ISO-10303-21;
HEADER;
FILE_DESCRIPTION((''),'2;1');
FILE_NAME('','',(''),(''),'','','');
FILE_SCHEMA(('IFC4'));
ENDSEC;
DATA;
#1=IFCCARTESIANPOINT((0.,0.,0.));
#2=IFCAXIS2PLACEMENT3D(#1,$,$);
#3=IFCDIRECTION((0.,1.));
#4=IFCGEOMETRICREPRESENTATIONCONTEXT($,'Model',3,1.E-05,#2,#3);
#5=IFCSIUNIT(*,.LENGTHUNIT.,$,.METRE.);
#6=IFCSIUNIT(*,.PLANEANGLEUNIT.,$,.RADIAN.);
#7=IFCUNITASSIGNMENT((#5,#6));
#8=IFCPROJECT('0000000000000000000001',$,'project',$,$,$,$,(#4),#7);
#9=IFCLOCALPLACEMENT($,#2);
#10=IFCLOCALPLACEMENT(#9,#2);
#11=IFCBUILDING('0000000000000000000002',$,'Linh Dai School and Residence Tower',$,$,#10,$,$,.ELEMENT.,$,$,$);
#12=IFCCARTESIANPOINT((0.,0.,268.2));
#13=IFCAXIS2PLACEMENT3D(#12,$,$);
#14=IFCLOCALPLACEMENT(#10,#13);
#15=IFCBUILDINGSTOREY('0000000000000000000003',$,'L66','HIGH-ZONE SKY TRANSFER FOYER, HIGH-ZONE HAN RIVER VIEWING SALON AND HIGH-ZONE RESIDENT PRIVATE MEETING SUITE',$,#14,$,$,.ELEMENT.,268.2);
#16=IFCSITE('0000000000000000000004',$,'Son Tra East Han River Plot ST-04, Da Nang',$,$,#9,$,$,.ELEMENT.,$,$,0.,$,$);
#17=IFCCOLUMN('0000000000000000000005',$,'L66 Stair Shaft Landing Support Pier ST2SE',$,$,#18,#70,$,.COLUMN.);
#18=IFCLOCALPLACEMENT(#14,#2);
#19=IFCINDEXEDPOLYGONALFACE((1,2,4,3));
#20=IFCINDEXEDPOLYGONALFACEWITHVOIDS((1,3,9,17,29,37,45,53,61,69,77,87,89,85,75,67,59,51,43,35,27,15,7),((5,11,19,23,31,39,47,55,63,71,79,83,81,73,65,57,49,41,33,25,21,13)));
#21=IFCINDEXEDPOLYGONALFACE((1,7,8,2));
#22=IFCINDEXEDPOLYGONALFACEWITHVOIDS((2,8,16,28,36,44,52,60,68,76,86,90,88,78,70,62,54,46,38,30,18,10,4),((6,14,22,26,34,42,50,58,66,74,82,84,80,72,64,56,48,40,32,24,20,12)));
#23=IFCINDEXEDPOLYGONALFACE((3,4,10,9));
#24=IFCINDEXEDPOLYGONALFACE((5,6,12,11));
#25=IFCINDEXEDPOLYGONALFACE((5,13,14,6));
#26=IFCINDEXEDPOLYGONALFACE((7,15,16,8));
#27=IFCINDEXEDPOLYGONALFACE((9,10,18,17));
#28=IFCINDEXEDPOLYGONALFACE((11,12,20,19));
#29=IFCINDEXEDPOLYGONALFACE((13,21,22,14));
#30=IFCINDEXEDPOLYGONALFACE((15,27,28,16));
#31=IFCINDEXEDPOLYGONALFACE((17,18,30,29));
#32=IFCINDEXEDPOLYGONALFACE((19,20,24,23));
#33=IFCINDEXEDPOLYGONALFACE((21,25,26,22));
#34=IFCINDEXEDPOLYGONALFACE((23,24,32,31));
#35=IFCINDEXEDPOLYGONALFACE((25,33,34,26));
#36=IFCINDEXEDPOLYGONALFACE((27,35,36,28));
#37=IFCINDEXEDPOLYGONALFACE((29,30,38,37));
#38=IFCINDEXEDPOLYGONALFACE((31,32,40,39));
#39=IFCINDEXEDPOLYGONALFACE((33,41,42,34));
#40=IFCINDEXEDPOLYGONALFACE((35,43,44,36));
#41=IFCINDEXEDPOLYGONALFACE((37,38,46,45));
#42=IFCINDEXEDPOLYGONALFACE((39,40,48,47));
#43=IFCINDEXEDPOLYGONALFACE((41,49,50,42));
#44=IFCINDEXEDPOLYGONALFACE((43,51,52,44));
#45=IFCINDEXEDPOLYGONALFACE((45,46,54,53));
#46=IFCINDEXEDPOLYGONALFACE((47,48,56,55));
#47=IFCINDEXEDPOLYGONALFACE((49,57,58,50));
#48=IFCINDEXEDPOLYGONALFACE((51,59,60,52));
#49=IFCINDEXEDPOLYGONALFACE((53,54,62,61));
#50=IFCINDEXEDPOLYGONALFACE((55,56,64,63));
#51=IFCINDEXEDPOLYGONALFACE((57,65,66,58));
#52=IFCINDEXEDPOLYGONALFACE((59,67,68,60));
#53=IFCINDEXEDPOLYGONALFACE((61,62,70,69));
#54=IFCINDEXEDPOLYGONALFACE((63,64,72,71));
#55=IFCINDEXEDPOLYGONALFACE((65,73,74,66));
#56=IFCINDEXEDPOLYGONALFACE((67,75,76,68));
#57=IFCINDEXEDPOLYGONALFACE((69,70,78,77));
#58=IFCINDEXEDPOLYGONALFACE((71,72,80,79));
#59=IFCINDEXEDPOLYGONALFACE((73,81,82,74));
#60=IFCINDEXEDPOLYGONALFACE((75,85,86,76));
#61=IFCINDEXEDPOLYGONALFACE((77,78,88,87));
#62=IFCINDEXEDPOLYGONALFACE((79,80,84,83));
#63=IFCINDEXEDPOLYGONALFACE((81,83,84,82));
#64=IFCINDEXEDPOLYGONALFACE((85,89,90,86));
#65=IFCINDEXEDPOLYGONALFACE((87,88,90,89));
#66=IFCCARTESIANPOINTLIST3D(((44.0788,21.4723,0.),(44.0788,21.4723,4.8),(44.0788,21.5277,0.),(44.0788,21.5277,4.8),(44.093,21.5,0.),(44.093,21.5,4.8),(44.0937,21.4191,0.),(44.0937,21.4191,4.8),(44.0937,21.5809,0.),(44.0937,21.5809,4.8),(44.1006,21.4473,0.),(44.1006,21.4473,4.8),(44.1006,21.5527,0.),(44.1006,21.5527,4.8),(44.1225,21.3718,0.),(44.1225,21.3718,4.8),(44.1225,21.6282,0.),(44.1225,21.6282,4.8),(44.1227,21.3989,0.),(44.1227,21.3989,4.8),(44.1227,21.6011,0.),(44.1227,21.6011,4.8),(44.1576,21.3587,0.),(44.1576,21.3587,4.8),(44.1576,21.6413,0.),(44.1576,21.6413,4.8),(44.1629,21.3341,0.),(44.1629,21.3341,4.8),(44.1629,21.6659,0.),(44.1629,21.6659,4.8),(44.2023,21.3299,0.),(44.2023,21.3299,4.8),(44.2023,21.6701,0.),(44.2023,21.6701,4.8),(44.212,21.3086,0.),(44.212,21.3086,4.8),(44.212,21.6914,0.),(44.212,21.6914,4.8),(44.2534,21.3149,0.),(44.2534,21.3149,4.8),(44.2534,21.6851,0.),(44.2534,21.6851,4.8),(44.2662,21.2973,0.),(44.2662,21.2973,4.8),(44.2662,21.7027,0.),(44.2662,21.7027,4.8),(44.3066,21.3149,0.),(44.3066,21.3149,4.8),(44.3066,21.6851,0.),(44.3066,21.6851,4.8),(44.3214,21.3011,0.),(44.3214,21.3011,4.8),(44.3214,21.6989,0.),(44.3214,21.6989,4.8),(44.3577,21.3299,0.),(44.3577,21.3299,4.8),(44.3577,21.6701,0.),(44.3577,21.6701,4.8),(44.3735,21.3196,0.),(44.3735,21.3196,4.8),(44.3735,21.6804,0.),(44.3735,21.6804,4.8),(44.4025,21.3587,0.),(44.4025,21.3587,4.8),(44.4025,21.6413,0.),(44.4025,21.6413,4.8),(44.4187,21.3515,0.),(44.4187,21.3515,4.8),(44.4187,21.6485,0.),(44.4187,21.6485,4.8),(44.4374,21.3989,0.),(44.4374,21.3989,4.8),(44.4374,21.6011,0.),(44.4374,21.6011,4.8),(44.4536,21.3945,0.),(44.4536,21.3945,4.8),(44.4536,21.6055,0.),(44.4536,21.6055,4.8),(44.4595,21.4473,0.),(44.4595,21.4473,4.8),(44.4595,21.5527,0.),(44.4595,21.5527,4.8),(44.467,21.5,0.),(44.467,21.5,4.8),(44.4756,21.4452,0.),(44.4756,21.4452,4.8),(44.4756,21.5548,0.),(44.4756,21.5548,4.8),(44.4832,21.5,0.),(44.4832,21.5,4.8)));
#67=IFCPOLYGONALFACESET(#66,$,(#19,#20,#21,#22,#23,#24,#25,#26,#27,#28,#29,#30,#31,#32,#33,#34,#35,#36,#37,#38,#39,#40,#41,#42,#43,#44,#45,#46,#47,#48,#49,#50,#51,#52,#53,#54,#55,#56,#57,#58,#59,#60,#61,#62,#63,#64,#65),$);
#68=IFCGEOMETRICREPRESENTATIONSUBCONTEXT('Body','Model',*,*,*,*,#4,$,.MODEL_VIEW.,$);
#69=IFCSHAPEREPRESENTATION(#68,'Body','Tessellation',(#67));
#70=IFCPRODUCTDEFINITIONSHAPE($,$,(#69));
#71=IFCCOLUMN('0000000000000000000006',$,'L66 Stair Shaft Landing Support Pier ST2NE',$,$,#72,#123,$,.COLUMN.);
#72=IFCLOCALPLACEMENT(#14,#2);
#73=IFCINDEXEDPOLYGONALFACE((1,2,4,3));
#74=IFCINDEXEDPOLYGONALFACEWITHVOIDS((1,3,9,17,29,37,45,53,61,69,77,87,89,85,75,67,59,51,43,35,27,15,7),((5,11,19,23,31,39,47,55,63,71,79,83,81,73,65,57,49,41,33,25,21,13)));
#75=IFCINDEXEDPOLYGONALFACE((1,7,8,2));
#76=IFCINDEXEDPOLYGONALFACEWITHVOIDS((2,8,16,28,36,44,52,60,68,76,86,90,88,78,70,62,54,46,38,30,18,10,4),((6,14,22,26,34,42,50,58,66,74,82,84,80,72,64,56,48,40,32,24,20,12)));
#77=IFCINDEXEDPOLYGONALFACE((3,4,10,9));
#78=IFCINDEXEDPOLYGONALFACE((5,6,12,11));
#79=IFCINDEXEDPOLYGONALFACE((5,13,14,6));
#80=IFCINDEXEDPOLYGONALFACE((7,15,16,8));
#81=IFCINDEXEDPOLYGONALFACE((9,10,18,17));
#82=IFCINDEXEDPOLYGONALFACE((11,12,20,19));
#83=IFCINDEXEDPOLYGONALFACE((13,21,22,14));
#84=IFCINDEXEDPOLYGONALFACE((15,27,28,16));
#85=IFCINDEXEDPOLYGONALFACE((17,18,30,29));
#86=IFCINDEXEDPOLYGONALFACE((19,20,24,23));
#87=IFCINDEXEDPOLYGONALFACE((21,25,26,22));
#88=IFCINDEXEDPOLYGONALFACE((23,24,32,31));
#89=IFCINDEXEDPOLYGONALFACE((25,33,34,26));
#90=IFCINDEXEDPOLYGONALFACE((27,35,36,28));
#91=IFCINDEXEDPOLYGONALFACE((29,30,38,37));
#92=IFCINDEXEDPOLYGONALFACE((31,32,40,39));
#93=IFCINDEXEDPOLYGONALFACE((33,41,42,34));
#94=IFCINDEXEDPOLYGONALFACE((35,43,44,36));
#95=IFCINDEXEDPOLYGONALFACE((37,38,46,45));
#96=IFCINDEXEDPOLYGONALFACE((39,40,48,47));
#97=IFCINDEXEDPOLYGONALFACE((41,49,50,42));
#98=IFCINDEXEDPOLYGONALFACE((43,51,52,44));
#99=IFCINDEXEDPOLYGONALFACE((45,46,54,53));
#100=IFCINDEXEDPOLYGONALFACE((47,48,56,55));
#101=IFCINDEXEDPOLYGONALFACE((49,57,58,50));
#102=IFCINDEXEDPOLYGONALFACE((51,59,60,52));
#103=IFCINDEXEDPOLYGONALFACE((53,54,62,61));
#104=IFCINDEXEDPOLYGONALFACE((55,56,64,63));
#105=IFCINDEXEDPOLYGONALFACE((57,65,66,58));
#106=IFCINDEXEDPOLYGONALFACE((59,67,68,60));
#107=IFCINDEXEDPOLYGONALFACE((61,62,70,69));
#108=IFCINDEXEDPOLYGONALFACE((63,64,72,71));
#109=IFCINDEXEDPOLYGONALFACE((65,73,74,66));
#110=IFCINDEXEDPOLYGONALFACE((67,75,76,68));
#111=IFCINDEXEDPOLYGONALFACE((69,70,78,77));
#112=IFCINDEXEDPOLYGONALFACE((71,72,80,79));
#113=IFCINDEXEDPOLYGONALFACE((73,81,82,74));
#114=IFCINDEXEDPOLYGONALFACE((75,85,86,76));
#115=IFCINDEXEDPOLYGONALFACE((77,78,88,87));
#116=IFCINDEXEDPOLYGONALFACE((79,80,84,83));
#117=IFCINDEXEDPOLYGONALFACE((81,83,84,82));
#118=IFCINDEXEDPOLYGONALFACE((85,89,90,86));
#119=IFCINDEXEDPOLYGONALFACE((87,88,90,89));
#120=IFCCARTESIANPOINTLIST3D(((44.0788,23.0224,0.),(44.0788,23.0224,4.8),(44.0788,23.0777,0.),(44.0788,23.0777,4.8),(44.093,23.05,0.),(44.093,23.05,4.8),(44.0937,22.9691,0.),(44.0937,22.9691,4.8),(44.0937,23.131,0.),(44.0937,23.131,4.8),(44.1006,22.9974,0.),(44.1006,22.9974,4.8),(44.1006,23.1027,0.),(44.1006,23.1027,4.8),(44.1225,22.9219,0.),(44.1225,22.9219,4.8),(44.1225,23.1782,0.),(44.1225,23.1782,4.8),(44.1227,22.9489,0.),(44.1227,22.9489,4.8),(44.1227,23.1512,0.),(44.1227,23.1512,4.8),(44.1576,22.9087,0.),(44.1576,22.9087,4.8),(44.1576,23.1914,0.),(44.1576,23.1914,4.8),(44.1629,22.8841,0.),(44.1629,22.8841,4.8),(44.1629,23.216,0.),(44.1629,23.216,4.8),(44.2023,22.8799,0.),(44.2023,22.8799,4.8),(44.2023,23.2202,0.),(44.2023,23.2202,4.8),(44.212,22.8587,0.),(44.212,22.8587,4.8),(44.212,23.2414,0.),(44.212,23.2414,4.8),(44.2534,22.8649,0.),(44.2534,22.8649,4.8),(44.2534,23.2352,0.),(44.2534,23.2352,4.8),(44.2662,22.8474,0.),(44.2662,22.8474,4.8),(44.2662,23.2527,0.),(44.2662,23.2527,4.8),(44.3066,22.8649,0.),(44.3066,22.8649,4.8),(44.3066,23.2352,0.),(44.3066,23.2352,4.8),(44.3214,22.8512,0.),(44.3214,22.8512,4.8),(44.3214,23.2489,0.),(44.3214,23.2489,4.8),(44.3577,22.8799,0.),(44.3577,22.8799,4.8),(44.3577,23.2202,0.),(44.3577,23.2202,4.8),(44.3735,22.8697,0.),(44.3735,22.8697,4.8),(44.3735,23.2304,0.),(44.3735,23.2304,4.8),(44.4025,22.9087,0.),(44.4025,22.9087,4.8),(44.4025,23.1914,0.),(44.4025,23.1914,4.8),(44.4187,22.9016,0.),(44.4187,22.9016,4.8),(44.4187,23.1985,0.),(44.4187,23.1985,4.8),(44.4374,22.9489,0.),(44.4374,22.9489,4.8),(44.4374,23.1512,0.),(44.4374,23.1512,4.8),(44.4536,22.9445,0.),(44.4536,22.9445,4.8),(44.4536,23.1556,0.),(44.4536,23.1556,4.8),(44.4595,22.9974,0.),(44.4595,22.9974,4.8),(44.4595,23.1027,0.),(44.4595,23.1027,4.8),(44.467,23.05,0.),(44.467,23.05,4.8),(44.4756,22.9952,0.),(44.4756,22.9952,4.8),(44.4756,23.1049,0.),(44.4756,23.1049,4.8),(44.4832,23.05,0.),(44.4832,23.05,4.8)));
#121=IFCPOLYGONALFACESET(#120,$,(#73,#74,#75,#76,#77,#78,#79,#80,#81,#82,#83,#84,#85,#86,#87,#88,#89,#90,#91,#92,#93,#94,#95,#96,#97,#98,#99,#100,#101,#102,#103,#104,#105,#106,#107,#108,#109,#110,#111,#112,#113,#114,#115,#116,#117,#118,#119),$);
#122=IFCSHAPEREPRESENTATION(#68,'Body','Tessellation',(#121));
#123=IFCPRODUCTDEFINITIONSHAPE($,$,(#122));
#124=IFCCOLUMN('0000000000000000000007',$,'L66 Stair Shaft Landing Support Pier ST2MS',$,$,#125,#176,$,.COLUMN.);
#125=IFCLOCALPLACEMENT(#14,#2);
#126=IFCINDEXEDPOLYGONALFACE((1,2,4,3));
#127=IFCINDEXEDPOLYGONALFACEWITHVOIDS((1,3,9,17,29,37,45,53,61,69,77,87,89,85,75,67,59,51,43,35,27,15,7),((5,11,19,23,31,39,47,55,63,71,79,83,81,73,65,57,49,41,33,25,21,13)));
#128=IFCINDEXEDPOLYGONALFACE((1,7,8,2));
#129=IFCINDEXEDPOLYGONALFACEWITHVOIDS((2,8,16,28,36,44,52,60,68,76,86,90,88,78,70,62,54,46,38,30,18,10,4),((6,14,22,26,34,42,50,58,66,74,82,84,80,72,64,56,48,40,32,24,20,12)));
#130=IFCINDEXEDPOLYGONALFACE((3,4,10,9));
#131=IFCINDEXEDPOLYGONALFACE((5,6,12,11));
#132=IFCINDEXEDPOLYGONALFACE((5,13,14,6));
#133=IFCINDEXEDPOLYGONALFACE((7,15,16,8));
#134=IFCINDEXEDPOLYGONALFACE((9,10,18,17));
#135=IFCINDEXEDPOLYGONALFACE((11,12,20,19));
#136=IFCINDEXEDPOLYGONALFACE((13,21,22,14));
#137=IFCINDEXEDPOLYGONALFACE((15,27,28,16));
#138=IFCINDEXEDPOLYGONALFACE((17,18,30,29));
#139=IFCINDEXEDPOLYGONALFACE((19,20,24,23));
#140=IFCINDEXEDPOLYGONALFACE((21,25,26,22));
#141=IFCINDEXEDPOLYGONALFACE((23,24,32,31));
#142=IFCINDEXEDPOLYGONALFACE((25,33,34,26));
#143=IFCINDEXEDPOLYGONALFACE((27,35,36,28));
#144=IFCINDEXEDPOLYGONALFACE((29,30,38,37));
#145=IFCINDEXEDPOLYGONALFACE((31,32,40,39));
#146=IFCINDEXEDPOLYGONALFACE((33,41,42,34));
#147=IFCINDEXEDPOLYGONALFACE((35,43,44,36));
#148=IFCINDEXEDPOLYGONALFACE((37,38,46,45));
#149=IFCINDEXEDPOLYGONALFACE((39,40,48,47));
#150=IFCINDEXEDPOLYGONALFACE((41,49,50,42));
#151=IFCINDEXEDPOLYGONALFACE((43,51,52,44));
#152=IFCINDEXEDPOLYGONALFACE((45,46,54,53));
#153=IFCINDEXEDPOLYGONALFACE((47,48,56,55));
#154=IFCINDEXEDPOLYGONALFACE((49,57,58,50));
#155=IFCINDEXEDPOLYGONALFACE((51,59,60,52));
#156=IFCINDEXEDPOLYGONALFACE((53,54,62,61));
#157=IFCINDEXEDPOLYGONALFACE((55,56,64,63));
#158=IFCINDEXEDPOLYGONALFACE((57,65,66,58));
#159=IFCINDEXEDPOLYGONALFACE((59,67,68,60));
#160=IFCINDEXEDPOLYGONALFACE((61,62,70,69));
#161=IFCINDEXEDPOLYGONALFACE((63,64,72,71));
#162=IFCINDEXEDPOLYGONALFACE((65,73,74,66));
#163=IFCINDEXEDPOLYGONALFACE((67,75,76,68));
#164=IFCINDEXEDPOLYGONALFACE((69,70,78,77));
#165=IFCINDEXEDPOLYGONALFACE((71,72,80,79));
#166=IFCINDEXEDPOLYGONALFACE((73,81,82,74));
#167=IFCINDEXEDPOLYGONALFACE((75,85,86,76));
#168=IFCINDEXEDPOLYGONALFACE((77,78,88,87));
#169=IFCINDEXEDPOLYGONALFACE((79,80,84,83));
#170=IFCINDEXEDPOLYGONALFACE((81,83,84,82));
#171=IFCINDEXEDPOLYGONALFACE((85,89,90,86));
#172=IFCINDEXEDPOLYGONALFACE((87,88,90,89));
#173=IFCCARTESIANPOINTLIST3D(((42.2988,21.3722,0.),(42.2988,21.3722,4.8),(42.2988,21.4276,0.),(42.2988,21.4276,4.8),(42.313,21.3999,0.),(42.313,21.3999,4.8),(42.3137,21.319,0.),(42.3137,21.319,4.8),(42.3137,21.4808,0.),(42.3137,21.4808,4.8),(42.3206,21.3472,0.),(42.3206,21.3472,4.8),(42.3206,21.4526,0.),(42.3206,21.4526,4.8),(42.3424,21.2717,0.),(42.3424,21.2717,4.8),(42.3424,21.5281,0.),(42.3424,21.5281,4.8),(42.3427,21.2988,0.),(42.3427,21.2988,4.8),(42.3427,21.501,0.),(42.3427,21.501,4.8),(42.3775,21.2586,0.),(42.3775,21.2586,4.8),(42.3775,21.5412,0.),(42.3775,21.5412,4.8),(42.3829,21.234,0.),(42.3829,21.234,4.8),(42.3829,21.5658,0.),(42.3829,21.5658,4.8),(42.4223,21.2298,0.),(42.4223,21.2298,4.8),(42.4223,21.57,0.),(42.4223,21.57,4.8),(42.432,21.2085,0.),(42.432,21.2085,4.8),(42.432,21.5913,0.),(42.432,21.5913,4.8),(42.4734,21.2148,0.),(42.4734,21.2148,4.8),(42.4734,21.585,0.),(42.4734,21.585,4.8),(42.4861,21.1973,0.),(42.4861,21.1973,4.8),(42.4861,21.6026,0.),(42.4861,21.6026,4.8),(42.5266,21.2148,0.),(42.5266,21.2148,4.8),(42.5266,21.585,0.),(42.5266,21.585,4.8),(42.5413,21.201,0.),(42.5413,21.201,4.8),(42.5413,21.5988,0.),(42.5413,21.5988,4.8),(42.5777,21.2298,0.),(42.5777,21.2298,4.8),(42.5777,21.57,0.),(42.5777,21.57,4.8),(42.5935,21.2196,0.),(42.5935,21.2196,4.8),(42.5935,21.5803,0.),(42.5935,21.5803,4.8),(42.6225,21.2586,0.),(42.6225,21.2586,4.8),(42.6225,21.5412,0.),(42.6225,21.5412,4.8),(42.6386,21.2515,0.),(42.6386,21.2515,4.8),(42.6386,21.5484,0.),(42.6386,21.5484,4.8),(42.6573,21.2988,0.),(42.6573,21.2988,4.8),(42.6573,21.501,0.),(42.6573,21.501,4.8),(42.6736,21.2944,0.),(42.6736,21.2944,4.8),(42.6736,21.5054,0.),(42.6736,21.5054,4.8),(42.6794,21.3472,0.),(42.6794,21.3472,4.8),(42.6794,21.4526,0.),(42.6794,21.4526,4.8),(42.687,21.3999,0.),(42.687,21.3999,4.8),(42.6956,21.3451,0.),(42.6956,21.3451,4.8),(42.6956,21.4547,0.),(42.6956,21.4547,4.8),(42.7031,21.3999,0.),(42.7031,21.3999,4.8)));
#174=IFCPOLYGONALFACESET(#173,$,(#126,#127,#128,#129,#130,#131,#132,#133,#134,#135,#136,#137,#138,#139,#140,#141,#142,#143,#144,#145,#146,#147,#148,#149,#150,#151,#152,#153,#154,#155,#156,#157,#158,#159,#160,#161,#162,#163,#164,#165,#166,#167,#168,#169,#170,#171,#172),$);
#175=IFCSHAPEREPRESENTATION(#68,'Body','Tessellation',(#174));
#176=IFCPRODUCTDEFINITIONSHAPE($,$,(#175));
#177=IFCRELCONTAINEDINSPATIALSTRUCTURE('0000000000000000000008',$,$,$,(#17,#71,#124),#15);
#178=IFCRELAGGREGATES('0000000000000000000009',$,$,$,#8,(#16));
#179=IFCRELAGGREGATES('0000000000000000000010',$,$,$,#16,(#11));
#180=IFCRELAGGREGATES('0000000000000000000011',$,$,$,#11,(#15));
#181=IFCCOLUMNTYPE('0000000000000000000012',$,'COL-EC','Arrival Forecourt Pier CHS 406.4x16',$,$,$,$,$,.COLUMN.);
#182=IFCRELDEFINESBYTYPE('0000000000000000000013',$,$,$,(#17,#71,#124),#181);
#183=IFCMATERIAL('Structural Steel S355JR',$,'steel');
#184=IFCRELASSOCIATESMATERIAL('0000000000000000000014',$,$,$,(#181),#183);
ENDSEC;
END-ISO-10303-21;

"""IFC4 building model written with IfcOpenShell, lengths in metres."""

from ifc_helpers import new_model, si_unit, direction, frame, origin, origin_2d, place, context, subcontext, project, spatial, hollow_circle, extrude, material, material_profile, profile_set, type_object, element, save


model = new_model("IFC4")

# Units and contexts
model_context = context("Model", 3, precision=1e-05, world=origin(), true_north=direction((0.0, 1.0)))
body_context = subcontext(model_context, "Body", "Model", "MODEL_VIEW")
ifc_project = project(units=[si_unit("LENGTHUNIT", "METRE"), si_unit("PLANEANGLEUNIT", "RADIAN")], contexts=[model_context])

# Site, building, storey
site_placement = place(None, origin())
site = spatial("IfcSite", under=ifc_project, at=site_placement, Name="Son Tra East Han River Plot ST-04, Da Nang", CompositionType="ELEMENT", RefElevation=0.0)
building_placement = place(site_placement, origin())
building = spatial("IfcBuilding", under=site, at=building_placement, Name="Linh Dai School and Residence Tower", CompositionType="ELEMENT")
storey_placement = place(building_placement, frame((0.0, 0.0, 268.2)))
storey = spatial("IfcBuildingStorey", under=building, at=storey_placement, Name="L66", Description="HIGH-ZONE SKY TRANSFER FOYER, HIGH-ZONE HAN RIVER VIEWING SALON AND HIGH-ZONE RESIDENT PRIVATE MEETING SUITE", CompositionType="ELEMENT", Elevation=268.2)

# Columns
ifc_material_1 = material(Name="Structural Steel S355JR", Category="steel")
ifc_material_profile_1 = material_profile(ifc_material_1, hollow_circle(Radius=0.2031, WallThickness=0.0161, at=origin_2d()), Name="CHS 406.4x16")
ifc_profile_set_1 = profile_set([ifc_material_profile_1], Name="Structural Steel S355JR")
column_type_1 = type_object("IfcColumnType", Name="COL-EC", Description="Arrival Forecourt Pier CHS 406.4x16", PredefinedType="COLUMN", material=ifc_profile_set_1)
for number, where, z_axis, x_axis, name in (
    (1, (44.28, 21.5, 0.0), (0.0, 0.0, 1.0), (1.0, 0.0, 0.0), "L66 Stair Shaft Landing Support Pier ST2SE"),
    (2, (44.28, 23.05, 0.0), (0.0, 0.0, 1.0), (1.0, 0.0, 0.0), "L66 Stair Shaft Landing Support Pier ST2NE"),
    (3, (42.5, 21.3999, 0.0), (0.0, 0.0, 1.0), (1.0, 0.0, 0.0), "L66 Stair Shaft Landing Support Pier ST2MS"),
):
    element("IfcColumn", number, at=place(storey_placement, frame(where, z_axis=z_axis, x_axis=x_axis)), inside=storey, type_object=column_type_1, Name=name, PredefinedType="COLUMN", context=body_context, shape_type="SweptSolid", body=[
        extrude(hollow_circle(Radius=0.2031, WallThickness=0.0161, at=origin_2d()), origin(), (0.0, 0.0, 1.0), 4.8),
    ])

save(model, "model.ifc")
